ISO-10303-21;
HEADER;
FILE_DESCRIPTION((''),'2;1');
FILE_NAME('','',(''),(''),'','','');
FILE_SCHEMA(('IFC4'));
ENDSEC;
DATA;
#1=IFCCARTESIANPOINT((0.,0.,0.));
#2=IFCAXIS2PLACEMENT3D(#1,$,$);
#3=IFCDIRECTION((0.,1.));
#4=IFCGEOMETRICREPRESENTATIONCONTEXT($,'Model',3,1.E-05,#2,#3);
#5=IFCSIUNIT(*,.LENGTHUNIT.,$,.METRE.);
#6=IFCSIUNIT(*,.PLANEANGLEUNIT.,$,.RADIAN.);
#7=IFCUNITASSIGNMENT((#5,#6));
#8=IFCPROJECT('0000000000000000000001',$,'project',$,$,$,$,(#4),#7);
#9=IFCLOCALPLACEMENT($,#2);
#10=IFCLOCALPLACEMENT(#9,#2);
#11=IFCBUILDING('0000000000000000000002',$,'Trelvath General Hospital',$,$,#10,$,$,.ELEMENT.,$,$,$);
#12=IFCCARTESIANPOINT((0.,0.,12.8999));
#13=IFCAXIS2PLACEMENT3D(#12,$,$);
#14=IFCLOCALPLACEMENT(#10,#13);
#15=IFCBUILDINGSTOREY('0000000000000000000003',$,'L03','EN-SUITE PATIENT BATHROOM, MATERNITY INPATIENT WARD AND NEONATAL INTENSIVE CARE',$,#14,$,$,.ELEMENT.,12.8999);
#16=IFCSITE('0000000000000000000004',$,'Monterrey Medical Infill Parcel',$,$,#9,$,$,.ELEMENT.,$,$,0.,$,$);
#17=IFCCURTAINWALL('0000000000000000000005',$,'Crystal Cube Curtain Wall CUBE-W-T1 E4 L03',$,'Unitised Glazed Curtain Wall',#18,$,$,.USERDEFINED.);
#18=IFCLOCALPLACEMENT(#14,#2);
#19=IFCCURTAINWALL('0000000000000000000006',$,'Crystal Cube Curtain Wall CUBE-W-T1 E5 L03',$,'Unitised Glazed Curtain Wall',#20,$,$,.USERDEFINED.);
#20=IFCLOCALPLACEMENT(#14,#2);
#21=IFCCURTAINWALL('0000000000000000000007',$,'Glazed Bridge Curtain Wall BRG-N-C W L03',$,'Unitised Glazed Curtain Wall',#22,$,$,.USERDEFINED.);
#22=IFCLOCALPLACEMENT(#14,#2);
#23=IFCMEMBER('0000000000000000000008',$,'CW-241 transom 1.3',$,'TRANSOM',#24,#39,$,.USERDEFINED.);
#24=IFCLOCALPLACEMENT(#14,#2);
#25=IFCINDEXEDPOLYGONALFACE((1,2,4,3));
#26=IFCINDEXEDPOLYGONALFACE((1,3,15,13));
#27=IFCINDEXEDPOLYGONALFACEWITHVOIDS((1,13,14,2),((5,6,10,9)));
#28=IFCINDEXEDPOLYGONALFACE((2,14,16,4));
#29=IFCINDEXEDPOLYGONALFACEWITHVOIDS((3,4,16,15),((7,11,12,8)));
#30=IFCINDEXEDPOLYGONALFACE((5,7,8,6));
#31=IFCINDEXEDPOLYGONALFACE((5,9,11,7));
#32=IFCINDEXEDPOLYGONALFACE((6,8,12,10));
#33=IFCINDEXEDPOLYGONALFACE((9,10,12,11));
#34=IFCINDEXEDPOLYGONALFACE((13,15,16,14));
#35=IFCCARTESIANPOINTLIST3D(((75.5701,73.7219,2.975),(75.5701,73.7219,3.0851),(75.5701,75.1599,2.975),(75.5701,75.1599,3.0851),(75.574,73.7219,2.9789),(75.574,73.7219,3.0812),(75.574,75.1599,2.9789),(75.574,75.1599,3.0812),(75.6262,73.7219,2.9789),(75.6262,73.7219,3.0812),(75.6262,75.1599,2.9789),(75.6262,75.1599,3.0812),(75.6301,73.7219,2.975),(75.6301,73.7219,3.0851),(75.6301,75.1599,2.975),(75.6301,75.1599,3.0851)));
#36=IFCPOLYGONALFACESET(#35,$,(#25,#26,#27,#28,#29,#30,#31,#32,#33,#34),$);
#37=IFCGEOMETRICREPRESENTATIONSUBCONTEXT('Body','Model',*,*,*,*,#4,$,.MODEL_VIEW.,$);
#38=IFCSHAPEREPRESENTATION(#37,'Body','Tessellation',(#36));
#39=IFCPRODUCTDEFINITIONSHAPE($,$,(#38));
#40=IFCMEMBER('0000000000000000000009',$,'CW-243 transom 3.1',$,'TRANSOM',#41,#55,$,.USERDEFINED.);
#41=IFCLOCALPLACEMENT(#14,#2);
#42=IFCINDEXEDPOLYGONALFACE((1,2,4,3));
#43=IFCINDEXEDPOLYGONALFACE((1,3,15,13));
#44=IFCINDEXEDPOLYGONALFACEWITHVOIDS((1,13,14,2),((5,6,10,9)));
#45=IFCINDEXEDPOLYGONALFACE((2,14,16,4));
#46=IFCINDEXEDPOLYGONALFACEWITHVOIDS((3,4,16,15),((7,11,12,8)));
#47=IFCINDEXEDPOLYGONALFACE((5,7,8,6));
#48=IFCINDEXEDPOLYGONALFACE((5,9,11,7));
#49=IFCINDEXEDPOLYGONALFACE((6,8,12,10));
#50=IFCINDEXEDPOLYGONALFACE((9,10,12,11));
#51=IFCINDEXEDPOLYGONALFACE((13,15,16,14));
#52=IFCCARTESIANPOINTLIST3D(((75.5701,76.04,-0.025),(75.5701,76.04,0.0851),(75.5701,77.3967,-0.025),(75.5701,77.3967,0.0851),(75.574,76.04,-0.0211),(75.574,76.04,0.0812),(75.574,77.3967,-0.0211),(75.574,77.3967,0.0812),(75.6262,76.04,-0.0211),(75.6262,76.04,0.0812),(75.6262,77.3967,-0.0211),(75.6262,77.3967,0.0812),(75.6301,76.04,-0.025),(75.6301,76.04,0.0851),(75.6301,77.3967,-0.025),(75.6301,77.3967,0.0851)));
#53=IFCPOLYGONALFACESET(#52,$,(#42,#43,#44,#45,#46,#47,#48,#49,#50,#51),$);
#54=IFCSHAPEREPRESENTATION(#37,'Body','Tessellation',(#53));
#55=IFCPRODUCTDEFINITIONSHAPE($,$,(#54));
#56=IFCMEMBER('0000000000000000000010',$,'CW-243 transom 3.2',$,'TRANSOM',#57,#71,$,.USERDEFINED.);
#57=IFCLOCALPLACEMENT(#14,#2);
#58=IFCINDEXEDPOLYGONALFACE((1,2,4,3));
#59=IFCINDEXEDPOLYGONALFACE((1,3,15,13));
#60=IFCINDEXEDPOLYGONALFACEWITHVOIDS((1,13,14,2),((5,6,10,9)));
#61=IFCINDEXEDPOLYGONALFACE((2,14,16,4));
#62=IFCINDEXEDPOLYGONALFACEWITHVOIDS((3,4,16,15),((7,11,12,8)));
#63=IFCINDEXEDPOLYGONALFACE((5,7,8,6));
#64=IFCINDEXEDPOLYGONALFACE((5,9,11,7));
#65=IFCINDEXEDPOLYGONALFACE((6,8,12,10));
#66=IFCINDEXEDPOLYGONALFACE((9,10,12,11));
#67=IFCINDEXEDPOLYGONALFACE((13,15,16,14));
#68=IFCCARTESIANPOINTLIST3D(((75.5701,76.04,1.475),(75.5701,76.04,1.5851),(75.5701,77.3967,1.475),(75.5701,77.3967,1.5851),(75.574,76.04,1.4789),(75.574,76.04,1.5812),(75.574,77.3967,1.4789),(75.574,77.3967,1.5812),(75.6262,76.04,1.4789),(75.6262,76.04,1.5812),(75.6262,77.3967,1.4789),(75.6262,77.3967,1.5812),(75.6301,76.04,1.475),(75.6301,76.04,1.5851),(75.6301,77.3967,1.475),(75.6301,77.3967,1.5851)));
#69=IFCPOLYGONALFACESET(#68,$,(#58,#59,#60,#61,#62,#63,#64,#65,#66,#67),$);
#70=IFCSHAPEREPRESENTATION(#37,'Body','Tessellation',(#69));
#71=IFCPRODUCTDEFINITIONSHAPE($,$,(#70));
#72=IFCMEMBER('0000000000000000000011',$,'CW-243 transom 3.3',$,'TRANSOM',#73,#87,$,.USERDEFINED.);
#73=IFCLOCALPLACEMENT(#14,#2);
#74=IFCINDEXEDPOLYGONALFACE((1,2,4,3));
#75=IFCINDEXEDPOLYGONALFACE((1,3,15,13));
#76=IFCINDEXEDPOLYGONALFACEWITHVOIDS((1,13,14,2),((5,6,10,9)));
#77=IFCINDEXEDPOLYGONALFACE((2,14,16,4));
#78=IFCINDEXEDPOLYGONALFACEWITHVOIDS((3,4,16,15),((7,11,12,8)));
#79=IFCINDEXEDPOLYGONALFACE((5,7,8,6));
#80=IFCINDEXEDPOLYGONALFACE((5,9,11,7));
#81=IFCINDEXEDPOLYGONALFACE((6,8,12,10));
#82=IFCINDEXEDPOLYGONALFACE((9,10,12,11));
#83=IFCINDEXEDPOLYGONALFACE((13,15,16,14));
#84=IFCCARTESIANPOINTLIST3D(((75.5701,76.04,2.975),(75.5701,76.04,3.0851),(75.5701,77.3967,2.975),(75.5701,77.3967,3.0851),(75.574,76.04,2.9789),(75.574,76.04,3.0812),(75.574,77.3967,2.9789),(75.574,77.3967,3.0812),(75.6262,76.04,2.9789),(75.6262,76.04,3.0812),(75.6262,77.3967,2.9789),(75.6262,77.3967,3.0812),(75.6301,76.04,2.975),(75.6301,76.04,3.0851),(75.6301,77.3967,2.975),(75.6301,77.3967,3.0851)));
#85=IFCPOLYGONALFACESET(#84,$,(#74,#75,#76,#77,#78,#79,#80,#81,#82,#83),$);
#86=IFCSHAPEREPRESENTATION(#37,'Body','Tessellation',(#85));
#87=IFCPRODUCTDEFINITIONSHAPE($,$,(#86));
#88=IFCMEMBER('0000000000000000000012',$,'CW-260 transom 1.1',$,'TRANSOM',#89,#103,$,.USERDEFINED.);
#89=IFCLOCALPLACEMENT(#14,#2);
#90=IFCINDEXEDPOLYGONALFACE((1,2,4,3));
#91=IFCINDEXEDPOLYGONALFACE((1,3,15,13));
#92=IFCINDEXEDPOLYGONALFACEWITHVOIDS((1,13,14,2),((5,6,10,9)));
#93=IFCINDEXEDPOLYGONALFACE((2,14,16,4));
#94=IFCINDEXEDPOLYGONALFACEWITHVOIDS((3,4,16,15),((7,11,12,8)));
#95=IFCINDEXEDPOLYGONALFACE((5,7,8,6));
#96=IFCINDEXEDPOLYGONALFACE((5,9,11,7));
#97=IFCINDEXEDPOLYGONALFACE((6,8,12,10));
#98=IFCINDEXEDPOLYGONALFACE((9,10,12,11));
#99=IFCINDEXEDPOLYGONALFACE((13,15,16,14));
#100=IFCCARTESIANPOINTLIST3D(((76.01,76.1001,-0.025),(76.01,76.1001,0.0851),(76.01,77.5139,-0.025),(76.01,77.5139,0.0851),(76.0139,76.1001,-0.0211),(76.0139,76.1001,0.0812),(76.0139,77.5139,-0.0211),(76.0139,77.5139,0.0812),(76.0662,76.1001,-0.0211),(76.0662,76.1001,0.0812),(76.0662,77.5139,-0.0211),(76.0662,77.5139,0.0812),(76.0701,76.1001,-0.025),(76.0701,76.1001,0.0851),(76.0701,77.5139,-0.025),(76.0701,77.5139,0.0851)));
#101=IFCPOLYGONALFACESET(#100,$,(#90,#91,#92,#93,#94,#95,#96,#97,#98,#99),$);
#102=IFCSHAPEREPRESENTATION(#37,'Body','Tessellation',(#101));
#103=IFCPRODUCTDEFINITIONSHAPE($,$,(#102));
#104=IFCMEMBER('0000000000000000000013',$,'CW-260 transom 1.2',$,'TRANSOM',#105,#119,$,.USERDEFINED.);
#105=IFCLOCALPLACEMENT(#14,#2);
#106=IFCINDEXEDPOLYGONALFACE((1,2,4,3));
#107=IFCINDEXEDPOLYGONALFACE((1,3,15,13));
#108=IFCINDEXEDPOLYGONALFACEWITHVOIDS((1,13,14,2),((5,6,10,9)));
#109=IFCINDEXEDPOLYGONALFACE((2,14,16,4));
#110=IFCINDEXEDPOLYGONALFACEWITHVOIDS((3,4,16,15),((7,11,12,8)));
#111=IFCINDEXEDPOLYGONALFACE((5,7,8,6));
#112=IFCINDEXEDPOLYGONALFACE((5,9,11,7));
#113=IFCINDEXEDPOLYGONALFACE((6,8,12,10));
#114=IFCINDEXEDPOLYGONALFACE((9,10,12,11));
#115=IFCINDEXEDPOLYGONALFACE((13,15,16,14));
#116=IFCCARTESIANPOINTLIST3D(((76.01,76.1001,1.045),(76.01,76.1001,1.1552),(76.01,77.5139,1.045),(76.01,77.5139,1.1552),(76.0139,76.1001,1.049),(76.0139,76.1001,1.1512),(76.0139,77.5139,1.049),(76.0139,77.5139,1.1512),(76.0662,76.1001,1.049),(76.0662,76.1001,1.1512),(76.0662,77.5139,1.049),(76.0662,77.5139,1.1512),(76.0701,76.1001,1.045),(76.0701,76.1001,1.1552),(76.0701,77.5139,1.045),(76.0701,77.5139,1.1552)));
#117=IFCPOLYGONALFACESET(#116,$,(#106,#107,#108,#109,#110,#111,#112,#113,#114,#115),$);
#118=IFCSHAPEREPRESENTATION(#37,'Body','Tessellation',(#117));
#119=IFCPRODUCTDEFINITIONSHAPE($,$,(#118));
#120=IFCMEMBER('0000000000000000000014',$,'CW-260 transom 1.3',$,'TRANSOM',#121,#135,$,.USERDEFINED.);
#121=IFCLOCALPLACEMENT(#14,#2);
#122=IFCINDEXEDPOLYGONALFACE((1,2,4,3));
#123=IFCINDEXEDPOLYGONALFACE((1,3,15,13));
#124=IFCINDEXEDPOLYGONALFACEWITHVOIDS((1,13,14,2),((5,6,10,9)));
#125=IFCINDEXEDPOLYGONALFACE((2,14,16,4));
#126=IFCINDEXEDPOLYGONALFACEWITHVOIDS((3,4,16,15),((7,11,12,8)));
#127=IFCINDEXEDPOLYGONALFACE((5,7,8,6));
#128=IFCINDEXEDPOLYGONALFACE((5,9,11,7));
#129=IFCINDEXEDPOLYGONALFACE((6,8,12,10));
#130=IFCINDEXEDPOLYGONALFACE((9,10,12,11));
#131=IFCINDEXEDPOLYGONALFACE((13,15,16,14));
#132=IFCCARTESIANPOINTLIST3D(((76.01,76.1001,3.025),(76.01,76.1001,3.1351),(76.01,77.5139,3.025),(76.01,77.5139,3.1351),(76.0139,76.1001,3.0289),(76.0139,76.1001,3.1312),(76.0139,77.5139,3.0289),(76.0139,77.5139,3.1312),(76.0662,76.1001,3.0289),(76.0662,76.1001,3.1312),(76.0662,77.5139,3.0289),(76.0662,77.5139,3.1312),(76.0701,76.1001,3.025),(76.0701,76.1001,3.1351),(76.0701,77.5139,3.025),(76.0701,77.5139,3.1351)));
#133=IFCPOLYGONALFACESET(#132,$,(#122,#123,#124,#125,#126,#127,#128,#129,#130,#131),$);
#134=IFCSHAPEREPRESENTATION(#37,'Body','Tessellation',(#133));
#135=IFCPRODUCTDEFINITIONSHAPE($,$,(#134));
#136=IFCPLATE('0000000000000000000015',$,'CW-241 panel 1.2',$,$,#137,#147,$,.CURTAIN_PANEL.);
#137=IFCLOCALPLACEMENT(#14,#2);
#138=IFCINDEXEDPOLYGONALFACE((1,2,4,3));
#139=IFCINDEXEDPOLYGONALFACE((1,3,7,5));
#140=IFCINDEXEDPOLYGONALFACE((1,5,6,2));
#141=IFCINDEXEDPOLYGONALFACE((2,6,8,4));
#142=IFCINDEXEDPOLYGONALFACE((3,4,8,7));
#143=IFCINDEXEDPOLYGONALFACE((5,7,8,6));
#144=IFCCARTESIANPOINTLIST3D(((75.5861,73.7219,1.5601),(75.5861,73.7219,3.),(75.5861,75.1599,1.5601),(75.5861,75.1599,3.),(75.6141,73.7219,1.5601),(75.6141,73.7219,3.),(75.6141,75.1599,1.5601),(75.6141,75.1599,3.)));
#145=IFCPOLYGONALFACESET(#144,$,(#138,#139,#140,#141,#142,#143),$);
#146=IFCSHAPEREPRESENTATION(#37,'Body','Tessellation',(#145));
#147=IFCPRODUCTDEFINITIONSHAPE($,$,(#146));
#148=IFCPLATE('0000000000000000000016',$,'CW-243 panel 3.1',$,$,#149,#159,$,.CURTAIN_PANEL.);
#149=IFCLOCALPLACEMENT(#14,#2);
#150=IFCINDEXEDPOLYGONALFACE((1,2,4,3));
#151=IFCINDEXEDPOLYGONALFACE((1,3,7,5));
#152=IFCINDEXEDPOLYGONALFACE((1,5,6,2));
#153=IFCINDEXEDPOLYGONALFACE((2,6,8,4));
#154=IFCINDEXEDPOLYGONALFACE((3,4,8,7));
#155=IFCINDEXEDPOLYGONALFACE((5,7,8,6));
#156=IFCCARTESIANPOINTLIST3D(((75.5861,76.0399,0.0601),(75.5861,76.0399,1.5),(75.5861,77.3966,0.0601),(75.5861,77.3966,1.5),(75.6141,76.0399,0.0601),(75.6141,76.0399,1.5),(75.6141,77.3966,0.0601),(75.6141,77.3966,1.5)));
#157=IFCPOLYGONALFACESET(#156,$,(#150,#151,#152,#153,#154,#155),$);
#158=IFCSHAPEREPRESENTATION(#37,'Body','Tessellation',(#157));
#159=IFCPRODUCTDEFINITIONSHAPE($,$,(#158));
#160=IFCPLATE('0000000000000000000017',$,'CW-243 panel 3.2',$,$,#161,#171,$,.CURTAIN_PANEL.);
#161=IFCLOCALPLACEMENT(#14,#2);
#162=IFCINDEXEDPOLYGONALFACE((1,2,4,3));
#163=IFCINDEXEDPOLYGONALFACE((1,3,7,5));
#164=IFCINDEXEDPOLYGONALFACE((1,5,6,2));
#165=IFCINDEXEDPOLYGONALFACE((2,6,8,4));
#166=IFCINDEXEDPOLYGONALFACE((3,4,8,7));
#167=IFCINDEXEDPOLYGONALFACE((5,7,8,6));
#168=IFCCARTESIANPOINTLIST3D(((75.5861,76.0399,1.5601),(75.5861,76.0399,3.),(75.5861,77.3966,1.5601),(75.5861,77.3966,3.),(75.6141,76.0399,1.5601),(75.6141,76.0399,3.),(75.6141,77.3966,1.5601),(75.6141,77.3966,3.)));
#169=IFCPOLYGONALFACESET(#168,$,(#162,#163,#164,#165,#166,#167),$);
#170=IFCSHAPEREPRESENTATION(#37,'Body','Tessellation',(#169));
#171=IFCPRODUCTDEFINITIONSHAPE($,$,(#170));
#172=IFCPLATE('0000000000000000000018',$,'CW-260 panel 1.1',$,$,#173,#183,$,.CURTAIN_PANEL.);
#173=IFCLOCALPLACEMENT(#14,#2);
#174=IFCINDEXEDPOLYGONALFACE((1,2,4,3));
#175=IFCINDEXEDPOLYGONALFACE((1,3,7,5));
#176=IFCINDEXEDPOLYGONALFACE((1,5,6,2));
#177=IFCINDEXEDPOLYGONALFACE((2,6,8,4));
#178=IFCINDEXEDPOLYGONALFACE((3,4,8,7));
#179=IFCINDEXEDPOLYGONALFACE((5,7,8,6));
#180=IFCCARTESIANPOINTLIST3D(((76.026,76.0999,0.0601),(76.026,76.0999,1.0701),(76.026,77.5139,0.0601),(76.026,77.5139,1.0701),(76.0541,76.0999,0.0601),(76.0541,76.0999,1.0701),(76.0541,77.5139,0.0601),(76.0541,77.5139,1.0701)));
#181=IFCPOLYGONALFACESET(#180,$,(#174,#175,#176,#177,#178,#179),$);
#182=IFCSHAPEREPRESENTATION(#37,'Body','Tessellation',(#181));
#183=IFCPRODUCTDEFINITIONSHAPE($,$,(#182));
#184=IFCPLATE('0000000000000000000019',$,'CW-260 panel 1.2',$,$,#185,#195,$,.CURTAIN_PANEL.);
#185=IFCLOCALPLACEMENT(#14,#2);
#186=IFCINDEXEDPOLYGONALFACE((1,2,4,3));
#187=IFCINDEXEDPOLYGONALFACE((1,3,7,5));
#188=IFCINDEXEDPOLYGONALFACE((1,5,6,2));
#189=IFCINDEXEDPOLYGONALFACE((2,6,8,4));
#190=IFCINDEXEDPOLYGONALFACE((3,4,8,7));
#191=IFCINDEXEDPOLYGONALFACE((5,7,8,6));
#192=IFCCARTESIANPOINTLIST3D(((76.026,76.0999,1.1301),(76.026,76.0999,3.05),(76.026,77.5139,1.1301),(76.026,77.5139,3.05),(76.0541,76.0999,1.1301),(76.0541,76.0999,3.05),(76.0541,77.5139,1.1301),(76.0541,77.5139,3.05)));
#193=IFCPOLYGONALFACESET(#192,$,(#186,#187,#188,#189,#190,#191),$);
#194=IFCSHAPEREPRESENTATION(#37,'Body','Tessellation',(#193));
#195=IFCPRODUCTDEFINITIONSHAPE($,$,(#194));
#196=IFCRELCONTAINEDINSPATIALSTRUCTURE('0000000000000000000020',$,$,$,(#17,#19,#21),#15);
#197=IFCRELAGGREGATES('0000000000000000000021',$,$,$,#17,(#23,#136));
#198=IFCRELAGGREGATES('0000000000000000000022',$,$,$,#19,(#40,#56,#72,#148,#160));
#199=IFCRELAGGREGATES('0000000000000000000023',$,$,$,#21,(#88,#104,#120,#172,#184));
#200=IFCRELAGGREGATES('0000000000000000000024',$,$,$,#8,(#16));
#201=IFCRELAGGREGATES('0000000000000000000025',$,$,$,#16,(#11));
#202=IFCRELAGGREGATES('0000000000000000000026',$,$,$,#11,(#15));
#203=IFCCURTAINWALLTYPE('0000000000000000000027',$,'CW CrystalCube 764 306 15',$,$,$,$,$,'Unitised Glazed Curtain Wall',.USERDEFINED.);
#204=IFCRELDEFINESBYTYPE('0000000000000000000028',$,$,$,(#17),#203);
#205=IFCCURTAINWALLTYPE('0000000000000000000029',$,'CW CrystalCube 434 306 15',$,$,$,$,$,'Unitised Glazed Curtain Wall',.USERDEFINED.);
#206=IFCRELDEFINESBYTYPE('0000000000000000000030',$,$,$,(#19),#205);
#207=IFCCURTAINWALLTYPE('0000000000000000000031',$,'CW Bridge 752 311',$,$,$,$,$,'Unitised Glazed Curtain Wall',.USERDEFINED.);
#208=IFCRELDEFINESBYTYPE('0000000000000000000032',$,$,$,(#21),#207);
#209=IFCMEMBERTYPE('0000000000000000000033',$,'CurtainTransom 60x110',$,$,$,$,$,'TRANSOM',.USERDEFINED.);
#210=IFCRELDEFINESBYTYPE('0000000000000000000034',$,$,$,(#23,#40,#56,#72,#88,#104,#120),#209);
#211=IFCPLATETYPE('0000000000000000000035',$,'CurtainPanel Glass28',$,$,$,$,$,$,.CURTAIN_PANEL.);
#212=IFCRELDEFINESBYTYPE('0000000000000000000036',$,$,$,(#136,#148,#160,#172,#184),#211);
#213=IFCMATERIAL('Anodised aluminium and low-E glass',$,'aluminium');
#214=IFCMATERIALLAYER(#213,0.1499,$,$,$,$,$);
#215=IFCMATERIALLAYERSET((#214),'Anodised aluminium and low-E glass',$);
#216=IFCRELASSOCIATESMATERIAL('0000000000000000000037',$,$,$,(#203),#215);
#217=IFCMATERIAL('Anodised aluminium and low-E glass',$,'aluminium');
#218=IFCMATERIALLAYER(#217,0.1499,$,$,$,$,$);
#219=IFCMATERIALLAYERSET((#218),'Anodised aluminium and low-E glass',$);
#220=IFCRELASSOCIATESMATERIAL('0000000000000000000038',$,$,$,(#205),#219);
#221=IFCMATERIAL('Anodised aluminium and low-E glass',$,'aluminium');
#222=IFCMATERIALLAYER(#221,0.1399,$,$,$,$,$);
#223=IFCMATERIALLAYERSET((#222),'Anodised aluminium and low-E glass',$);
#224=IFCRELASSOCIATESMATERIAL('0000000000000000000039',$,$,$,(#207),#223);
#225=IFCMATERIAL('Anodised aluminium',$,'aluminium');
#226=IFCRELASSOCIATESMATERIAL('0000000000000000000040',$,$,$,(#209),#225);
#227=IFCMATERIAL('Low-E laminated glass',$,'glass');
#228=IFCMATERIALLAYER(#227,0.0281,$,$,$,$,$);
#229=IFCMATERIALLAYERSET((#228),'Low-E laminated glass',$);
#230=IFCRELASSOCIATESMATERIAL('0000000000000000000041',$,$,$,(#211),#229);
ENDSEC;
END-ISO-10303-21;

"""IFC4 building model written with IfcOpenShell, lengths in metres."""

from ifc_helpers import new_model, si_unit, direction, frame, origin, origin_2d, place, context, subcontext, project, spatial, rectangle, hollow_rectangle, extrude, material, layer, layer_set, material_profile, profile_set, type_object, element, aggregate, save


model = new_model("IFC4")

# Units and contexts
model_context = context("Model", 3, precision=1e-05, world=origin(), true_north=direction((0.0, 1.0)))
body_context = subcontext(model_context, "Body", "Model", "MODEL_VIEW")
ifc_project = project(units=[si_unit("LENGTHUNIT", "METRE"), si_unit("PLANEANGLEUNIT", "RADIAN")], contexts=[model_context])

# Site, building, storey
site_placement = place(None, origin())
site = spatial("IfcSite", under=ifc_project, at=site_placement, Name="Monterrey Medical Infill Parcel", CompositionType="ELEMENT", RefElevation=0.0)
building_placement = place(site_placement, origin())
building = spatial("IfcBuilding", under=site, at=building_placement, Name="Trelvath General Hospital", CompositionType="ELEMENT")
storey_placement = place(building_placement, frame((0.0, 0.0, 12.8999)))
storey = spatial("IfcBuildingStorey", under=building, at=storey_placement, Name="L03", Description="EN-SUITE PATIENT BATHROOM, MATERNITY INPATIENT WARD AND NEONATAL INTENSIVE CARE", CompositionType="ELEMENT", Elevation=12.8999)

# Curtain wall
ifc_material_1 = material(Name="Anodised aluminium and low-E glass", Category="aluminium")
ifc_layer_1 = layer(ifc_material_1, 0.1499)
ifc_layer_set_1 = layer_set([ifc_layer_1], Name="Anodised aluminium and low-E glass")
curtain_wall_type_1 = type_object("IfcCurtainWallType", Name="CW CrystalCube 764 306 15", ElementType="Unitised Glazed Curtain Wall", PredefinedType="USERDEFINED", material=ifc_layer_set_1)
curtain_wall_1_placement = place(storey_placement, origin())
curtain_wall_1 = element("IfcCurtainWall", 1, at=curtain_wall_1_placement, inside=storey, type_object=curtain_wall_type_1, Name="Crystal Cube Curtain Wall CUBE-W-T1 E4 L03", ObjectType="Unitised Glazed Curtain Wall", PredefinedType="USERDEFINED")

# Curtain wall
ifc_material_2 = material(Name="Anodised aluminium and low-E glass", Category="aluminium")
ifc_layer_2 = layer(ifc_material_2, 0.1499)
ifc_layer_set_2 = layer_set([ifc_layer_2], Name="Anodised aluminium and low-E glass")
curtain_wall_type_2 = type_object("IfcCurtainWallType", Name="CW CrystalCube 434 306 15", ElementType="Unitised Glazed Curtain Wall", PredefinedType="USERDEFINED", material=ifc_layer_set_2)
curtain_wall_2_placement = place(storey_placement, origin())
curtain_wall_2 = element("IfcCurtainWall", 2, at=curtain_wall_2_placement, inside=storey, type_object=curtain_wall_type_2, Name="Crystal Cube Curtain Wall CUBE-W-T1 E5 L03", ObjectType="Unitised Glazed Curtain Wall", PredefinedType="USERDEFINED")

# Shared definitions
ifc_material_3 = material(Name="Anodised aluminium and low-E glass", Category="aluminium")
ifc_layer_3 = layer(ifc_material_3, 0.1399)
ifc_layer_set_3 = layer_set([ifc_layer_3], Name="Anodised aluminium and low-E glass")
curtain_wall_type_3 = type_object("IfcCurtainWallType", Name="CW Bridge 752 311", ElementType="Unitised Glazed Curtain Wall", PredefinedType="USERDEFINED", material=ifc_layer_set_3)

# Curtain wall
curtain_wall_3_placement = place(storey_placement, origin())
curtain_wall_3 = element("IfcCurtainWall", 3, at=curtain_wall_3_placement, inside=storey, type_object=curtain_wall_type_3, Name="Glazed Bridge Curtain Wall BRG-N-C W L03", ObjectType="Unitised Glazed Curtain Wall", PredefinedType="USERDEFINED")

# Members
ifc_material_4 = material(Name="Anodised aluminium", Category="aluminium")
ifc_material_profile_1 = material_profile(ifc_material_4, hollow_rectangle(XDim=0.0601, YDim=0.1101, WallThickness=0.0039, at=origin_2d()), Name="RHS60x110x4")
ifc_profile_set_1 = profile_set([ifc_material_profile_1], Name="Anodised aluminium")
member_type_1 = type_object("IfcMemberType", Name="CurtainTransom 60x110", ElementType="TRANSOM", PredefinedType="USERDEFINED", material=ifc_profile_set_1)
member_1_placement = place(storey_placement, frame((75.6001, 75.1599, 3.03), z_axis=(0.0, -1.0, 0.0), x_axis=(1.0, 0.0, 0.0)))
member_1 = element("IfcMember", 4, at=member_1_placement, type_object=member_type_1, Name="CW-241 transom 1.3", ObjectType="TRANSOM", PredefinedType="USERDEFINED", context=body_context, shape_type="SweptSolid", body=[
    extrude(hollow_rectangle(XDim=0.0601, YDim=0.1101, WallThickness=0.0039, at=origin_2d()), origin(), (0.0, 0.0, 1.0), 1.438),
])
member_2_placement = place(storey_placement, frame((75.6001, 77.3967, 0.03), z_axis=(0.0, -1.0, 0.0), x_axis=(1.0, 0.0, 0.0)))
member_2 = element("IfcMember", 5, at=member_2_placement, type_object=member_type_1, Name="CW-243 transom 3.1", ObjectType="TRANSOM", PredefinedType="USERDEFINED", context=body_context, shape_type="SweptSolid", body=[
    extrude(hollow_rectangle(XDim=0.0601, YDim=0.1101, WallThickness=0.0039, at=origin_2d()), origin(), (0.0, 0.0, 1.0), 1.3567),
])
member_3_placement = place(storey_placement, frame((75.6001, 77.3967, 1.53), z_axis=(0.0, -1.0, 0.0), x_axis=(1.0, 0.0, 0.0)))
member_3 = element("IfcMember", 6, at=member_3_placement, type_object=member_type_1, Name="CW-243 transom 3.2", ObjectType="TRANSOM", PredefinedType="USERDEFINED", context=body_context, shape_type="SweptSolid", body=[
    extrude(hollow_rectangle(XDim=0.0601, YDim=0.1101, WallThickness=0.0039, at=origin_2d()), origin(), (0.0, 0.0, 1.0), 1.3567),
])
member_4_placement = place(storey_placement, frame((75.6001, 77.3967, 3.03), z_axis=(0.0, -1.0, 0.0), x_axis=(1.0, 0.0, 0.0)))
member_4 = element("IfcMember", 7, at=member_4_placement, type_object=member_type_1, Name="CW-243 transom 3.3", ObjectType="TRANSOM", PredefinedType="USERDEFINED", context=body_context, shape_type="SweptSolid", body=[
    extrude(hollow_rectangle(XDim=0.0601, YDim=0.1101, WallThickness=0.0039, at=origin_2d()), origin(), (0.0, 0.0, 1.0), 1.3567),
])
member_5_placement = place(storey_placement, frame((76.04, 76.1001, 0.03), z_axis=(0.0, 1.0, 0.0), x_axis=(-1.0, 0.0, 0.0)))
member_5 = element("IfcMember", 8, at=member_5_placement, type_object=member_type_1, Name="CW-260 transom 1.1", ObjectType="TRANSOM", PredefinedType="USERDEFINED", context=body_context, shape_type="SweptSolid", body=[
    extrude(hollow_rectangle(XDim=0.0601, YDim=0.1101, WallThickness=0.0039, at=origin_2d()), origin(), (0.0, 0.0, 1.0), 1.4138),
])
member_6_placement = place(storey_placement, frame((76.04, 76.1001, 1.1001), z_axis=(0.0, 1.0, 0.0), x_axis=(-1.0, 0.0, 0.0)))
member_6 = element("IfcMember", 9, at=member_6_placement, type_object=member_type_1, Name="CW-260 transom 1.2", ObjectType="TRANSOM", PredefinedType="USERDEFINED", context=body_context, shape_type="SweptSolid", body=[
    extrude(hollow_rectangle(XDim=0.0601, YDim=0.1101, WallThickness=0.0039, at=origin_2d()), origin(), (0.0, 0.0, 1.0), 1.4138),
])
member_7_placement = place(storey_placement, frame((76.04, 76.1001, 3.0801), z_axis=(0.0, 1.0, 0.0), x_axis=(-1.0, 0.0, 0.0)))
member_7 = element("IfcMember", 10, at=member_7_placement, type_object=member_type_1, Name="CW-260 transom 1.3", ObjectType="TRANSOM", PredefinedType="USERDEFINED", context=body_context, shape_type="SweptSolid", body=[
    extrude(hollow_rectangle(XDim=0.0601, YDim=0.1101, WallThickness=0.0039, at=origin_2d()), origin(), (0.0, 0.0, 1.0), 1.4138),
])

# Plates
ifc_material_5 = material(Name="Low-E laminated glass", Category="glass")
ifc_layer_4 = layer(ifc_material_5, 0.0281)
ifc_layer_set_4 = layer_set([ifc_layer_4], Name="Low-E laminated glass")
plate_type = type_object("IfcPlateType", Name="CurtainPanel Glass28", PredefinedType="CURTAIN_PANEL", material=ifc_layer_set_4)
plate_1_placement = place(storey_placement, frame((75.6001, 74.4409, 1.5601), z_axis=(0.0, 0.0, 1.0), x_axis=(0.0, -1.0, 0.0)))
plate_1 = element("IfcPlate", 11, at=plate_1_placement, type_object=plate_type, Name="CW-241 panel 1.2", PredefinedType="CURTAIN_PANEL", context=body_context, shape_type="SweptSolid", body=[
    extrude(rectangle(XDim=1.438, YDim=0.0281, at=origin_2d()), origin(), (0.0, 0.0, 1.0), 1.4399),
])
aggregate(curtain_wall_1, [member_1, plate_1])
plate_2_placement = place(storey_placement, frame((75.6001, 76.7183, 0.0601), z_axis=(0.0, 0.0, 1.0), x_axis=(0.0, -1.0, 0.0)))
plate_2 = element("IfcPlate", 12, at=plate_2_placement, type_object=plate_type, Name="CW-243 panel 3.1", PredefinedType="CURTAIN_PANEL", context=body_context, shape_type="SweptSolid", body=[
    extrude(rectangle(XDim=1.3567, YDim=0.0281, at=origin_2d()), origin(), (0.0, 0.0, 1.0), 1.4399),
])
plate_3_placement = place(storey_placement, frame((75.6001, 76.7183, 1.5601), z_axis=(0.0, 0.0, 1.0), x_axis=(0.0, -1.0, 0.0)))
plate_3 = element("IfcPlate", 13, at=plate_3_placement, type_object=plate_type, Name="CW-243 panel 3.2", PredefinedType="CURTAIN_PANEL", context=body_context, shape_type="SweptSolid", body=[
    extrude(rectangle(XDim=1.3567, YDim=0.0281, at=origin_2d()), origin(), (0.0, 0.0, 1.0), 1.4399),
])
aggregate(curtain_wall_2, [member_2, member_3, member_4, plate_2, plate_3])
plate_4_placement = place(storey_placement, frame((76.04, 76.8069, 0.0601), z_axis=(0.0, 0.0, 1.0), x_axis=(0.0, 1.0, 0.0)))
plate_4 = element("IfcPlate", 14, at=plate_4_placement, type_object=plate_type, Name="CW-260 panel 1.1", PredefinedType="CURTAIN_PANEL", context=body_context, shape_type="SweptSolid", body=[
    extrude(rectangle(XDim=1.4141, YDim=0.0281, at=origin_2d()), origin(), (0.0, 0.0, 1.0), 1.01),
])
plate_5_placement = place(storey_placement, frame((76.04, 76.8069, 1.1301), z_axis=(0.0, 0.0, 1.0), x_axis=(0.0, 1.0, 0.0)))
plate_5 = element("IfcPlate", 15, at=plate_5_placement, type_object=plate_type, Name="CW-260 panel 1.2", PredefinedType="CURTAIN_PANEL", context=body_context, shape_type="SweptSolid", body=[
    extrude(rectangle(XDim=1.4141, YDim=0.0281, at=origin_2d()), origin(), (0.0, 0.0, 1.0), 1.9199),
])
aggregate(curtain_wall_3, [member_5, member_6, member_7, plate_4, plate_5])

save(model, "model.ifc")
